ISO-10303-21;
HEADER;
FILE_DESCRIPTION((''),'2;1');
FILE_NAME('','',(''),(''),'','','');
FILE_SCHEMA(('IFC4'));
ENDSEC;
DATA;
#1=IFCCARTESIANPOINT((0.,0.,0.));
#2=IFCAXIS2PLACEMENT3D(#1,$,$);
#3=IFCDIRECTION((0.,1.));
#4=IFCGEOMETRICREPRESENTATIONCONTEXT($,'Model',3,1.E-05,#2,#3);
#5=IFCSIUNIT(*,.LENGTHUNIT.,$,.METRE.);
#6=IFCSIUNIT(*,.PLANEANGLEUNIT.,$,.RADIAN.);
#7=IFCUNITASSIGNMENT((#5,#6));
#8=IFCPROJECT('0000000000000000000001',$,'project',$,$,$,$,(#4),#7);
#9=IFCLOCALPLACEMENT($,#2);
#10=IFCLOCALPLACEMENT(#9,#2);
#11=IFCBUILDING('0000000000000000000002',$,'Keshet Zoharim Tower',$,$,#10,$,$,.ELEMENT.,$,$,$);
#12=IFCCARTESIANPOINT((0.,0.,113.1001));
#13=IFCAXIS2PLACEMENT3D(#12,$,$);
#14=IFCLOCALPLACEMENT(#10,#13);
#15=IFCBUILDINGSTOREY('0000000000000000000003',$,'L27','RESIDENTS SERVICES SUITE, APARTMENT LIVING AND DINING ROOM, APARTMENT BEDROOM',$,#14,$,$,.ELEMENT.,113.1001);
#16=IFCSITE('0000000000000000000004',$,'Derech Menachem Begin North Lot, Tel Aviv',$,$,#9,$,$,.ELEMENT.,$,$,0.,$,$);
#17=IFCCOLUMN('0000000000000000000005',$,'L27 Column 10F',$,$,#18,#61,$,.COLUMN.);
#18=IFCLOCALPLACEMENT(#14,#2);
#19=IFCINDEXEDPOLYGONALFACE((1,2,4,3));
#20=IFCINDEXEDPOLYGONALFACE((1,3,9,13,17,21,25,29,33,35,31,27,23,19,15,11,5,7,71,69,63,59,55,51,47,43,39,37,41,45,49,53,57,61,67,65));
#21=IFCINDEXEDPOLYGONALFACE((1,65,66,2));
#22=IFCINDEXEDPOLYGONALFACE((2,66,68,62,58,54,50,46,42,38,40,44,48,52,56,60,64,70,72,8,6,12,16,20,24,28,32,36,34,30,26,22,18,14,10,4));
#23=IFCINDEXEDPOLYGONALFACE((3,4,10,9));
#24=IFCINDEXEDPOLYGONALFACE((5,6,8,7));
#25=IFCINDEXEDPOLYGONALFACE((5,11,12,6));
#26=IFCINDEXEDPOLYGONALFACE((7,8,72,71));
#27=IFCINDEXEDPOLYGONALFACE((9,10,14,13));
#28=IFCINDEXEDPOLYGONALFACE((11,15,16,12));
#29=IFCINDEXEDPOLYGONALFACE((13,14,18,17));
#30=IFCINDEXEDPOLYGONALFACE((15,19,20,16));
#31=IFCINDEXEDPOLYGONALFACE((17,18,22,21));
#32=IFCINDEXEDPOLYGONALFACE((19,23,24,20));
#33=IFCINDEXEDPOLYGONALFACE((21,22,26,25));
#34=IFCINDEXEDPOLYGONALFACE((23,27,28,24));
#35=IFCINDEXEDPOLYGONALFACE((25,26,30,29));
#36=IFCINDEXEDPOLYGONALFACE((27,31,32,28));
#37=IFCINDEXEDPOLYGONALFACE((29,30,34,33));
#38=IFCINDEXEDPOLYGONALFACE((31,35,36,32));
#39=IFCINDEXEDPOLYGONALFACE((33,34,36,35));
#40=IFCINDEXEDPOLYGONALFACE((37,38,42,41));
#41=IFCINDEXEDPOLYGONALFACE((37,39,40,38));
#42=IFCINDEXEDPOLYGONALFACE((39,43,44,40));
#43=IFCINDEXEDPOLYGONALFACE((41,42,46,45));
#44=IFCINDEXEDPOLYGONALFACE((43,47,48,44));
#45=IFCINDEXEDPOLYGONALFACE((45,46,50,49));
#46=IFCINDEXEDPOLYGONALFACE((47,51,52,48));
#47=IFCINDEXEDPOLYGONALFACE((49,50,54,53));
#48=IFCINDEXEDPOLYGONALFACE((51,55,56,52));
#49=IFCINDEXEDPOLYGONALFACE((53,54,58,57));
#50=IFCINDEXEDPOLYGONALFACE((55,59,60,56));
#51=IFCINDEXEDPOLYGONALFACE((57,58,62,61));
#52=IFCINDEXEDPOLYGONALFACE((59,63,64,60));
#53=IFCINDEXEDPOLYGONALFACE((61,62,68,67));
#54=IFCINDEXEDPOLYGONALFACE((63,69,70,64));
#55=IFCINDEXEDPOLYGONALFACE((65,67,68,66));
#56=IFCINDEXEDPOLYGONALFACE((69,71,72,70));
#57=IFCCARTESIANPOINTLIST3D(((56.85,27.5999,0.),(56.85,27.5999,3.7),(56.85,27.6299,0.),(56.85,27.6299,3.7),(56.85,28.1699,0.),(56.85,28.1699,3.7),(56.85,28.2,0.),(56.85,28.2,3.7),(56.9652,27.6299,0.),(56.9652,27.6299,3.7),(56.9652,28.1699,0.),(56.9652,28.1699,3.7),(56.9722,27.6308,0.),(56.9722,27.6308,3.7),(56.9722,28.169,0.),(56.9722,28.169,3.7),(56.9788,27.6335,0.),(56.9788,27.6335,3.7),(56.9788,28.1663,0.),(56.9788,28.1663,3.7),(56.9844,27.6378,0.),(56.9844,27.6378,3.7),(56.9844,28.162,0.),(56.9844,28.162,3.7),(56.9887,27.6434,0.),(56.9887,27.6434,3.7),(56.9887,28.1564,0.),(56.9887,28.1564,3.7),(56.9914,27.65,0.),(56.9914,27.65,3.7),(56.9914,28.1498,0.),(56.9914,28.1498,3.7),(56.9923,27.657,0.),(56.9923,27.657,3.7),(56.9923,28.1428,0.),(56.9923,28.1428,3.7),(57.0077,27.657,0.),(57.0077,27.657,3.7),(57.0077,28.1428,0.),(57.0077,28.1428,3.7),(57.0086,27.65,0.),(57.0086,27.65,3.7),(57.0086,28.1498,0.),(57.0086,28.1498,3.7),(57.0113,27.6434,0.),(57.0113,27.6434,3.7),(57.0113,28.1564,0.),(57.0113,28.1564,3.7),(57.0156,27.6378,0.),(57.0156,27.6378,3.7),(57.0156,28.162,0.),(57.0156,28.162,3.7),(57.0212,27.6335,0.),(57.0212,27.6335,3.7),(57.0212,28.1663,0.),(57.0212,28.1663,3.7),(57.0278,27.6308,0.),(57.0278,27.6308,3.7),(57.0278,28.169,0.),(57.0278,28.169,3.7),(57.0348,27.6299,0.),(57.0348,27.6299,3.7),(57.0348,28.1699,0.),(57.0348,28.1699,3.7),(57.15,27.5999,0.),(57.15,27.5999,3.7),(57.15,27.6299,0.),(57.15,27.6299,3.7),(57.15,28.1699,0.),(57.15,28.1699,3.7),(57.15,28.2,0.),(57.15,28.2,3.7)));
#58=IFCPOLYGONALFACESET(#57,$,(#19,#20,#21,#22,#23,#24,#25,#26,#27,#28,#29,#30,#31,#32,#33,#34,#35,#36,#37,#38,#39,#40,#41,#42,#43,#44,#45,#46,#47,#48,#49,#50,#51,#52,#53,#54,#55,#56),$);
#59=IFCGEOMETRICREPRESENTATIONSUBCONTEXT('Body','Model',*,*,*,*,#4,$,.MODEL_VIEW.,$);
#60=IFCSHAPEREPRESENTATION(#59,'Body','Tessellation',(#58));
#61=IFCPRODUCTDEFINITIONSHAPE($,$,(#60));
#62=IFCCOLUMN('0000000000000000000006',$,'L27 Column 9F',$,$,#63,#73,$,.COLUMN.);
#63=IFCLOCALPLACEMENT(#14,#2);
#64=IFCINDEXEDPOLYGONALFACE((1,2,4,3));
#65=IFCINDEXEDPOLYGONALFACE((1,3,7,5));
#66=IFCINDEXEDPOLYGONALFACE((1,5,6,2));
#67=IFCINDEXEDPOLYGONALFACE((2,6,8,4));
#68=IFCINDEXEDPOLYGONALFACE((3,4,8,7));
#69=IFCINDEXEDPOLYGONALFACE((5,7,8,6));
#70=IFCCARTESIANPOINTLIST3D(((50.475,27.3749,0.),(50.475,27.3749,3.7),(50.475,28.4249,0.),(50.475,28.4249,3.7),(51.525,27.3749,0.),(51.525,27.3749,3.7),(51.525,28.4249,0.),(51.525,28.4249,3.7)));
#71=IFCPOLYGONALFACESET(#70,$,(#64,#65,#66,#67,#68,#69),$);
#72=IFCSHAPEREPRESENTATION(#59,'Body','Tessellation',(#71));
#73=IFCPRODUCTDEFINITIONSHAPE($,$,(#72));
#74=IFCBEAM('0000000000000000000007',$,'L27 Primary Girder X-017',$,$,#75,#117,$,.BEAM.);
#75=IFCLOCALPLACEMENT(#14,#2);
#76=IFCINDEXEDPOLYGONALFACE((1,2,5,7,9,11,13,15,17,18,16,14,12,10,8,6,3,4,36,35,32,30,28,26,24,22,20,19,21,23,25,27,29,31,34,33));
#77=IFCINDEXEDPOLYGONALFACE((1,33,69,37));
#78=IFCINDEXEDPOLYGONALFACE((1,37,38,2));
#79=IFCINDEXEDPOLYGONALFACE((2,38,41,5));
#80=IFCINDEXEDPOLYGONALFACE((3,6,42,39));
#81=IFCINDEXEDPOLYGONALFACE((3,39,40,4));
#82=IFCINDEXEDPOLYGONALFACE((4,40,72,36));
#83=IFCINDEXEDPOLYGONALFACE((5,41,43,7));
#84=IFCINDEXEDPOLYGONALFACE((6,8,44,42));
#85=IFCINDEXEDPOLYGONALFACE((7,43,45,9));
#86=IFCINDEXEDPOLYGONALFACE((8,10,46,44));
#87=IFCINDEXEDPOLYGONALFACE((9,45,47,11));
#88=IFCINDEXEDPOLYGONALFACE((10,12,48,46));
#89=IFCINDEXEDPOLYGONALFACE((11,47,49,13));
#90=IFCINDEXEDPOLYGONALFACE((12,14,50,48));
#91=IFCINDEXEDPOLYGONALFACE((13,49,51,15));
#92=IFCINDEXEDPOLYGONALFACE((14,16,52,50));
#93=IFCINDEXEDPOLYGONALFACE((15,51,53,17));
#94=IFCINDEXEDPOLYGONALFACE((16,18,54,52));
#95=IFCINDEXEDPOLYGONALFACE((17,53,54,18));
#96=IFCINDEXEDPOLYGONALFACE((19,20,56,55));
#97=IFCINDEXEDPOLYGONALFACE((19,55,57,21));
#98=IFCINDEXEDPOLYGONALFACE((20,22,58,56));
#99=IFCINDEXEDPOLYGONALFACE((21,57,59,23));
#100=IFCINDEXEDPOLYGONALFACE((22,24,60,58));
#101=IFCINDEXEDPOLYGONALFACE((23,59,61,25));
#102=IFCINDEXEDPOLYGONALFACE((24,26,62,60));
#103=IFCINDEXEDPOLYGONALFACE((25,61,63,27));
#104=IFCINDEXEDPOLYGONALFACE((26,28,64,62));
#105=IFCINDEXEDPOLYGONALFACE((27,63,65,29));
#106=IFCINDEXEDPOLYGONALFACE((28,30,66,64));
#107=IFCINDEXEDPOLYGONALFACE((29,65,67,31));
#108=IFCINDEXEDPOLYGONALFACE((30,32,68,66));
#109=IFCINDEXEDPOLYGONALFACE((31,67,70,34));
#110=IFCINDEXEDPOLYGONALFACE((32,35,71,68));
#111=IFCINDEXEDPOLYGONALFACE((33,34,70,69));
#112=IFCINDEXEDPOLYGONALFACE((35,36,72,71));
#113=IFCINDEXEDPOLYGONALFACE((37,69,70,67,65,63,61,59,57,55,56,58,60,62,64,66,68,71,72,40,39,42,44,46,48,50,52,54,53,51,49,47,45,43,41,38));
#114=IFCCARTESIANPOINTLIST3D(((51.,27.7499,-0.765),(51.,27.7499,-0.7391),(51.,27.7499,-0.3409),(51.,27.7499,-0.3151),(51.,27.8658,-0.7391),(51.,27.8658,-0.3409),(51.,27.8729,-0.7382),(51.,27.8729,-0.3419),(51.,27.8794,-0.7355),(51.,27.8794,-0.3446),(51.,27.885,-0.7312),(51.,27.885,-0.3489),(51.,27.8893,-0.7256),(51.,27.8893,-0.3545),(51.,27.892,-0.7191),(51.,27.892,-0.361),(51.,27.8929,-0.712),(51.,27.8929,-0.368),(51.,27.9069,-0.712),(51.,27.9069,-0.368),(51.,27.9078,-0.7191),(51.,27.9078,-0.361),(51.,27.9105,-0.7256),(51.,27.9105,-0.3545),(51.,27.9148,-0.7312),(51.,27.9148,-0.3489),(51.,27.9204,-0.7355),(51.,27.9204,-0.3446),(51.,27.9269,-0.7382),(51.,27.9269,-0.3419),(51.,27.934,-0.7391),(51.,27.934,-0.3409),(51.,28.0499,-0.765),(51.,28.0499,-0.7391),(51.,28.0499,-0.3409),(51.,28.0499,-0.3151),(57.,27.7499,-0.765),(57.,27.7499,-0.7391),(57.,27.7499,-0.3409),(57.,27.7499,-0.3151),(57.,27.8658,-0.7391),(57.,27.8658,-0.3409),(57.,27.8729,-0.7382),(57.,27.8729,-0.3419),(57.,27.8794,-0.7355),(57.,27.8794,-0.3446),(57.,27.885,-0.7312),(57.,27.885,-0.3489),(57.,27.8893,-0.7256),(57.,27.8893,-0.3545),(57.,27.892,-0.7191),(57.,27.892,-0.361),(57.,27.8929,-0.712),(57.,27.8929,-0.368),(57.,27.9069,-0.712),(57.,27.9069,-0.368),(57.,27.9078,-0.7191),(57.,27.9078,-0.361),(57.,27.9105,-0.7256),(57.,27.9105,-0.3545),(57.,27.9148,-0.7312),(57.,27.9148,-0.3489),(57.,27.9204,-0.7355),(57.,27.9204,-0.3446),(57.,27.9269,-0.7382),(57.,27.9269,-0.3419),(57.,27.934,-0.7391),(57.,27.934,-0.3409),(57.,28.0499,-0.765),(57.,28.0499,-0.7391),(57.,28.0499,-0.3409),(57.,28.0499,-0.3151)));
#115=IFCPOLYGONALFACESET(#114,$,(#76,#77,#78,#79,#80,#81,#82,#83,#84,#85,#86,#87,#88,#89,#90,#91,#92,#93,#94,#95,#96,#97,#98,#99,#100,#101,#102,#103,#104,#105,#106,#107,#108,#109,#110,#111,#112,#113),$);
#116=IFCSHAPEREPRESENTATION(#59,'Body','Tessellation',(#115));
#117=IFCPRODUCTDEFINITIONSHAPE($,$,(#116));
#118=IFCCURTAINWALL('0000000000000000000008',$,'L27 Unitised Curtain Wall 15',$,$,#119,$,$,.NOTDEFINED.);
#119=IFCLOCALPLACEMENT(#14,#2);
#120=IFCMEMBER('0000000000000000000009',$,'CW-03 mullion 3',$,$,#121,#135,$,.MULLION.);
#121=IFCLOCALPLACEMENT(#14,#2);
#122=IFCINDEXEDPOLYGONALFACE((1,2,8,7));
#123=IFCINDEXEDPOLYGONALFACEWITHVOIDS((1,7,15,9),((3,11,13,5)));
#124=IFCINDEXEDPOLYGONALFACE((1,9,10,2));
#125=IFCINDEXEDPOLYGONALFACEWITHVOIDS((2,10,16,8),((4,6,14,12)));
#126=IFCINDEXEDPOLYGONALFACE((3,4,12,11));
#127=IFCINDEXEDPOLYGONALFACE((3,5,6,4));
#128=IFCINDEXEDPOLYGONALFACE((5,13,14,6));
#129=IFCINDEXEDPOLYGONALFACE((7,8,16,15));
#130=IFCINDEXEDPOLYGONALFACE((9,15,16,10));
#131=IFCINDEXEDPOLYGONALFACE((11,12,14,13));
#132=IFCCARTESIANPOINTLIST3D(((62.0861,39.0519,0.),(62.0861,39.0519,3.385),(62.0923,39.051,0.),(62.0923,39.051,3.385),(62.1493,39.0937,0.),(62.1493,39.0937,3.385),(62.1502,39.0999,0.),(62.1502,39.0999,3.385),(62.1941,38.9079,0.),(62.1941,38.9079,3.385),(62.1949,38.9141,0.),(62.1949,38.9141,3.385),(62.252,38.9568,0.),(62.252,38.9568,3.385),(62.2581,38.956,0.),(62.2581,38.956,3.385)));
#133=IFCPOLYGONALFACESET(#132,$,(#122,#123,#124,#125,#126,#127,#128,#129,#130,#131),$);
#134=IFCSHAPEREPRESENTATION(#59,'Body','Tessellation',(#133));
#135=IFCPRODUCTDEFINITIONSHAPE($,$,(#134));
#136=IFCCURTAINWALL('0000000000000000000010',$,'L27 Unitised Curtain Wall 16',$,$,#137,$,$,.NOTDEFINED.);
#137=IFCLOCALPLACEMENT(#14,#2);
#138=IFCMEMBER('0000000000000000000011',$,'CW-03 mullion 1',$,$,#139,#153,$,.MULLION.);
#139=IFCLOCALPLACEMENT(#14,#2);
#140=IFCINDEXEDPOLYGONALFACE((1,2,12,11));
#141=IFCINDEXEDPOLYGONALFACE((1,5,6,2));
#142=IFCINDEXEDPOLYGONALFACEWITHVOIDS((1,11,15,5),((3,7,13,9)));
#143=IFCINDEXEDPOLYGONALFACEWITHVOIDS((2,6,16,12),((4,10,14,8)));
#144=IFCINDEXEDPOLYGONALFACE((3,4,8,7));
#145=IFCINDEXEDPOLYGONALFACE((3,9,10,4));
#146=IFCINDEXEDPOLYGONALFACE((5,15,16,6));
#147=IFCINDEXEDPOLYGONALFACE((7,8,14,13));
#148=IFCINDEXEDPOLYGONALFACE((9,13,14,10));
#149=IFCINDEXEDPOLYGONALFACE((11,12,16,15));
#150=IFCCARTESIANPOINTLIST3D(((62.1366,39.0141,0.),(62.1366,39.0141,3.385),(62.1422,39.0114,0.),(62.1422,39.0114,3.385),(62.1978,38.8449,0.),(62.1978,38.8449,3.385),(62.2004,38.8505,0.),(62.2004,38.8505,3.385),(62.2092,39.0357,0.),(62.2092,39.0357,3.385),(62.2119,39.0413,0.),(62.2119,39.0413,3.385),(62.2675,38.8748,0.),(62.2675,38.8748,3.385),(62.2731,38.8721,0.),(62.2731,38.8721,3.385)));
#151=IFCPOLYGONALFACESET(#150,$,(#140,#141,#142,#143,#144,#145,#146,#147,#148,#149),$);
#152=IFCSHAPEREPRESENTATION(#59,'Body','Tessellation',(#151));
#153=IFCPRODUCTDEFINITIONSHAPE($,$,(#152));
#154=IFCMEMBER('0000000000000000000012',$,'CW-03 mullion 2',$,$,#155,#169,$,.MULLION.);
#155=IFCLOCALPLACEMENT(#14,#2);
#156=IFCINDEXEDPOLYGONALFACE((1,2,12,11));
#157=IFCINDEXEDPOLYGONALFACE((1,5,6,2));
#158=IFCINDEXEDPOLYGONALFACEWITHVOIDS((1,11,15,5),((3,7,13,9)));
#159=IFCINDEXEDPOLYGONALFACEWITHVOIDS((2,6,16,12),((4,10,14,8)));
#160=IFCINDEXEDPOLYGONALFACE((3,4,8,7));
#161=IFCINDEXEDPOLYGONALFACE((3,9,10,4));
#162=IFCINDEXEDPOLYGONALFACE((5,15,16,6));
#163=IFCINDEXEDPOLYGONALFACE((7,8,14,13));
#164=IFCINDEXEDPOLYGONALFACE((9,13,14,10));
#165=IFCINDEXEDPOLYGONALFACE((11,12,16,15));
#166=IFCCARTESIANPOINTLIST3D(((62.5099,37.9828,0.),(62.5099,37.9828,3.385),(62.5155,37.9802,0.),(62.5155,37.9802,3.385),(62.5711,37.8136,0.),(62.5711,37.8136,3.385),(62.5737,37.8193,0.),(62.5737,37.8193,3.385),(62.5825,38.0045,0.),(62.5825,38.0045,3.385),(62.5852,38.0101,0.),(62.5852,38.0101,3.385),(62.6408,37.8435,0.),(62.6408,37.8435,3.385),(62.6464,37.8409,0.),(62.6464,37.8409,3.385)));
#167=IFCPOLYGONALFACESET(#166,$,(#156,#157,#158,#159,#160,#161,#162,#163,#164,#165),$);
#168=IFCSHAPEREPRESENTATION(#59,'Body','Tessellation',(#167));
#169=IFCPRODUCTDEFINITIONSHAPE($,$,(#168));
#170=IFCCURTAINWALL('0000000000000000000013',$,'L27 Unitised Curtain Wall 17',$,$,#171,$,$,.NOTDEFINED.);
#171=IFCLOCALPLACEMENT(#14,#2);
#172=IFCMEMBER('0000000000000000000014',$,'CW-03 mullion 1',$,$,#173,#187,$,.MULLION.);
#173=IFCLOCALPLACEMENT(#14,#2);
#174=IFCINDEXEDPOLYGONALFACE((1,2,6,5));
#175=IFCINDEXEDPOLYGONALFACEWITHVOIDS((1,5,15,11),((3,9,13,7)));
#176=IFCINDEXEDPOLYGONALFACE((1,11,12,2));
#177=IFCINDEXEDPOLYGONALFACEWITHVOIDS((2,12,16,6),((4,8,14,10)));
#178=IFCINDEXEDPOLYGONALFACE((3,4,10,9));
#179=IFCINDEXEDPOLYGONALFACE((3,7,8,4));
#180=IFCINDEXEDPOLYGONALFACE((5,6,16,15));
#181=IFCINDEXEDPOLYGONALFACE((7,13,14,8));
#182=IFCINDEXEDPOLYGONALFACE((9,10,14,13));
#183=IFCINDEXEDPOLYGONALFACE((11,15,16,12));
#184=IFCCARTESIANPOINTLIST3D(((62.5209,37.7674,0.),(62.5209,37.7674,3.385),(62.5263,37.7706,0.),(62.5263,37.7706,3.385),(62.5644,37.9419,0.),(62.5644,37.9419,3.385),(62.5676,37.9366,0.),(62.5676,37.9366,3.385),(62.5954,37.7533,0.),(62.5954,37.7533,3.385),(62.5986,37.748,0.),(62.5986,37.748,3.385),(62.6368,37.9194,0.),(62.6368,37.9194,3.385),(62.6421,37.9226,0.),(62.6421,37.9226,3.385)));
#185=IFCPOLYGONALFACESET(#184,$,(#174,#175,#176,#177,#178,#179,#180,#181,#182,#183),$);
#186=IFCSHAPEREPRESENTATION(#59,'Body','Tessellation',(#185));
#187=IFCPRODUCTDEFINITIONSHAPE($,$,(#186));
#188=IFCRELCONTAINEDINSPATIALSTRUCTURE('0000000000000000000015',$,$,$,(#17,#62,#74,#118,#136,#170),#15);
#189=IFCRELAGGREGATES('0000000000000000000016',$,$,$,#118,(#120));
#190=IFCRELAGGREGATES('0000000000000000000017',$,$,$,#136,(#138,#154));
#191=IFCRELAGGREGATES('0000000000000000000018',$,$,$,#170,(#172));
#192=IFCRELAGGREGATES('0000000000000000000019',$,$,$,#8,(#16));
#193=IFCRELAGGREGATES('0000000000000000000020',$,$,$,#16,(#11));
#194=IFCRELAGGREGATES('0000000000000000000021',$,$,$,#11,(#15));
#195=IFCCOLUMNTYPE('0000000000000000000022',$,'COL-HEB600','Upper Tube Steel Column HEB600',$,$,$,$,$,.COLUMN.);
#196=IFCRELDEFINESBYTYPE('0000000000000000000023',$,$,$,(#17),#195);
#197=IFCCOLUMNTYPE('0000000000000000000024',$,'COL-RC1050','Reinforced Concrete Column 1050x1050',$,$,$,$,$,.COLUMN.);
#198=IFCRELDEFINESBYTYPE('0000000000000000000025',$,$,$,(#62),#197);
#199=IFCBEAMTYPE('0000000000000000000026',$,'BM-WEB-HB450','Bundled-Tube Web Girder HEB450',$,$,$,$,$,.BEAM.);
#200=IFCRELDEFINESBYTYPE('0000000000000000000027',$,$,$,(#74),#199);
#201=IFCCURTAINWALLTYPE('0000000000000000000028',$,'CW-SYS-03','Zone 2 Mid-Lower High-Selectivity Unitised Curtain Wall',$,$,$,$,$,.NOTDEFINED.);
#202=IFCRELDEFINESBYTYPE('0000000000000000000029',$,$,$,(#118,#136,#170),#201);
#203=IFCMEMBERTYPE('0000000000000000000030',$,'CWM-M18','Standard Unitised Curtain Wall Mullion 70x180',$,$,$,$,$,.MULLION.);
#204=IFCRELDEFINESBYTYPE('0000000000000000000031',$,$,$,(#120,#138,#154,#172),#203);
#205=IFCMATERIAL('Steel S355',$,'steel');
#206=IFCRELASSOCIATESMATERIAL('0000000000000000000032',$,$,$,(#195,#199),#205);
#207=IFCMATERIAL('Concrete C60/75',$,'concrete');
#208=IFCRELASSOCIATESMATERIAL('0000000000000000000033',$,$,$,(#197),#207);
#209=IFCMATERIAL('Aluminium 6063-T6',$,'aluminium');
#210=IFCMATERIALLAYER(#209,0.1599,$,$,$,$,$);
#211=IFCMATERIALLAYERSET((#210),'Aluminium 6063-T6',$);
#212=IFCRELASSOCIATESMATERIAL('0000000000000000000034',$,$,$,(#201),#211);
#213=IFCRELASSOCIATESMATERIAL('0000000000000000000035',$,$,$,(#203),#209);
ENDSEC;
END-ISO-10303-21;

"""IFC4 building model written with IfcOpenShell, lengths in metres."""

from ifc_helpers import new_model, si_unit, direction, frame, origin, origin_2d, place, context, subcontext, project, spatial, rectangle, hollow_rectangle, i_section, extrude, material, layer, layer_set, material_profile, profile_set, type_object, element, aggregate, save


model = new_model("IFC4")

# Units and contexts
model_context = context("Model", 3, precision=1e-05, world=origin(), true_north=direction((0.0, 1.0)))
body_context = subcontext(model_context, "Body", "Model", "MODEL_VIEW")
ifc_project = project(units=[si_unit("LENGTHUNIT", "METRE"), si_unit("PLANEANGLEUNIT", "RADIAN")], contexts=[model_context])

# Site, building, storey
site_placement = place(None, origin())
site = spatial("IfcSite", under=ifc_project, at=site_placement, Name="Derech Menachem Begin North Lot, Tel Aviv", CompositionType="ELEMENT", RefElevation=0.0)
building_placement = place(site_placement, origin())
building = spatial("IfcBuilding", under=site, at=building_placement, Name="Keshet Zoharim Tower", CompositionType="ELEMENT")
storey_placement = place(building_placement, frame((0.0, 0.0, 113.1001)))
storey = spatial("IfcBuildingStorey", under=building, at=storey_placement, Name="L27", Description="RESIDENTS SERVICES SUITE, APARTMENT LIVING AND DINING ROOM, APARTMENT BEDROOM", CompositionType="ELEMENT", Elevation=113.1001)

# Columns
ifc_material_1 = material(Name="Steel S355", Category="steel")
ifc_material_profile_1 = material_profile(ifc_material_1, i_section(OverallWidth=0.3, OverallDepth=0.6001, WebThickness=0.0154, FlangeThickness=0.03, FilletRadius=0.0271, at=origin_2d()), Name="HEB600")
ifc_profile_set_1 = profile_set([ifc_material_profile_1], Name="Steel S355")
column_type_1 = type_object("IfcColumnType", Name="COL-HEB600", Description="Upper Tube Steel Column HEB600", PredefinedType="COLUMN", material=ifc_profile_set_1)
column_1_placement = place(storey_placement, frame((57.0, 27.8999, 0.0), z_axis=(0.0, 0.0, 1.0), x_axis=(1.0, 0.0, 0.0)))
element("IfcColumn", 1, at=column_1_placement, inside=storey, type_object=column_type_1, Name="L27 Column 10F", PredefinedType="COLUMN", context=body_context, shape_type="SweptSolid", body=[
    extrude(i_section(OverallWidth=0.3, OverallDepth=0.6001, WebThickness=0.0154, FlangeThickness=0.03, FilletRadius=0.0271, at=origin_2d()), origin(), (0.0, 0.0, 1.0), 3.7),
])
ifc_material_2 = material(Name="Concrete C60/75", Category="concrete")
ifc_material_profile_2 = material_profile(ifc_material_2, rectangle(XDim=1.05, YDim=1.05, at=origin_2d()), Name="RC1050x1050")
ifc_profile_set_2 = profile_set([ifc_material_profile_2], Name="Concrete C60/75")
column_type_2 = type_object("IfcColumnType", Name="COL-RC1050", Description="Reinforced Concrete Column 1050x1050", PredefinedType="COLUMN", material=ifc_profile_set_2)
column_2_placement = place(storey_placement, frame((51.0, 27.8999, 0.0), z_axis=(0.0, 0.0, 1.0), x_axis=(1.0, 0.0, 0.0)))
element("IfcColumn", 2, at=column_2_placement, inside=storey, type_object=column_type_2, Name="L27 Column 9F", PredefinedType="COLUMN", context=body_context, shape_type="SweptSolid", body=[
    extrude(rectangle(XDim=1.05, YDim=1.05, at=origin_2d()), origin(), (0.0, 0.0, 1.0), 3.7),
])

# Beam
ifc_material_profile_3 = material_profile(ifc_material_1, i_section(OverallWidth=0.3, OverallDepth=0.45, WebThickness=0.0139, FlangeThickness=0.0259, FilletRadius=0.0271, at=origin_2d()), Name="HEB450")
ifc_profile_set_3 = profile_set([ifc_material_profile_3], Name="Steel S355")
beam_type = type_object("IfcBeamType", Name="BM-WEB-HB450", Description="Bundled-Tube Web Girder HEB450", PredefinedType="BEAM", material=ifc_profile_set_3)
beam_placement = place(storey_placement, frame((51.0, 27.8999, -0.54), z_axis=(1.0, 0.0, 0.0), x_axis=(0.0, 1.0, 0.0)))
element("IfcBeam", 3, at=beam_placement, inside=storey, type_object=beam_type, Name="L27 Primary Girder X-017", PredefinedType="BEAM", context=body_context, shape_type="SweptSolid", body=[
    extrude(i_section(OverallWidth=0.3, OverallDepth=0.45, WebThickness=0.0139, FlangeThickness=0.0259, FilletRadius=0.0271, at=origin_2d()), origin(), (0.0, 0.0, 1.0), 6.0),
])

# Curtain wall, member
ifc_material_3 = material(Name="Aluminium 6063-T6", Category="aluminium")
ifc_layer_1 = layer(ifc_material_3, 0.1599)
ifc_layer_set_1 = layer_set([ifc_layer_1], Name="Aluminium 6063-T6")
curtain_wall_type = type_object("IfcCurtainWallType", Name="CW-SYS-03", Description="Zone 2 Mid-Lower High-Selectivity Unitised Curtain Wall", PredefinedType="NOTDEFINED", material=ifc_layer_set_1)
curtain_wall_1_placement = place(storey_placement, origin())
curtain_wall_1 = element("IfcCurtainWall", 4, at=curtain_wall_1_placement, inside=storey, type_object=curtain_wall_type, Name="L27 Unitised Curtain Wall 15", PredefinedType="NOTDEFINED")
ifc_material_profile_4 = material_profile(ifc_material_3, hollow_rectangle(XDim=0.0801, YDim=0.1799, WallThickness=0.0044, at=origin_2d()), Name="MUL-80x180")
ifc_profile_set_4 = profile_set([ifc_material_profile_4], Name="Aluminium 6063-T6")
member_type_1 = type_object("IfcMemberType", Name="CWM-M18", Description="Standard Unitised Curtain Wall Mullion 70x180", PredefinedType="MULLION", material=ifc_profile_set_4)
member_1_placement = place(storey_placement, frame((62.1721, 39.0039, 0.0), z_axis=(0.0, 0.0, 1.0), x_axis=(0.8, 0.6, 0.0)))
member_1 = element("IfcMember", 5, at=member_1_placement, type_object=member_type_1, Name="CW-03 mullion 3", PredefinedType="MULLION", context=body_context, shape_type="SweptSolid", body=[
    extrude(hollow_rectangle(XDim=0.0801, YDim=0.1799, WallThickness=0.0044, at=origin_2d()), origin(), (0.0, 0.0, 1.0), 3.385),
])
aggregate(curtain_wall_1, [member_1])

# Curtain walls, members
curtain_wall_2_placement = place(storey_placement, origin())
curtain_wall_2 = element("IfcCurtainWall", 6, at=curtain_wall_2_placement, inside=storey, type_object=curtain_wall_type, Name="L27 Unitised Curtain Wall 16", PredefinedType="NOTDEFINED")
member_2_placement = place(storey_placement, frame((62.2048, 38.9431, 0.0), z_axis=(0.0, 0.0, 1.0), x_axis=(0.940318, 0.340297, 0.0)))
member_2 = element("IfcMember", 7, at=member_2_placement, type_object=member_type_1, Name="CW-03 mullion 1", PredefinedType="MULLION", context=body_context, shape_type="SweptSolid", body=[
    extrude(hollow_rectangle(XDim=0.0801, YDim=0.1799, WallThickness=0.0044, at=origin_2d()), origin(), (0.0, 0.0, 1.0), 3.385),
])
member_3_placement = place(storey_placement, frame((62.5781, 37.9119, 0.0), z_axis=(0.0, 0.0, 1.0), x_axis=(0.940318, 0.340297, 0.0)))
member_3 = element("IfcMember", 8, at=member_3_placement, type_object=member_type_1, Name="CW-03 mullion 2", PredefinedType="MULLION", context=body_context, shape_type="SweptSolid", body=[
    extrude(hollow_rectangle(XDim=0.0801, YDim=0.1799, WallThickness=0.0044, at=origin_2d()), origin(), (0.0, 0.0, 1.0), 3.385),
])
curtain_wall_3_placement = place(storey_placement, origin())
curtain_wall_3 = element("IfcCurtainWall", 9, at=curtain_wall_3_placement, inside=storey, type_object=curtain_wall_type, Name="L27 Unitised Curtain Wall 17", PredefinedType="NOTDEFINED")
member_4_placement = place(storey_placement, frame((62.5815, 37.845, 0.0), z_axis=(0.0, 0.0, 1.0), x_axis=(0.970344, -0.241729, 0.0)))
member_4 = element("IfcMember", 10, at=member_4_placement, type_object=member_type_1, Name="CW-03 mullion 1", PredefinedType="MULLION", context=body_context, shape_type="SweptSolid", body=[
    extrude(hollow_rectangle(XDim=0.0801, YDim=0.1799, WallThickness=0.0044, at=origin_2d()), origin(), (0.0, 0.0, 1.0), 3.385),
])

aggregate(curtain_wall_2, [member_2, member_3])
aggregate(curtain_wall_3, [member_4])

save(model, "model.ifc")
